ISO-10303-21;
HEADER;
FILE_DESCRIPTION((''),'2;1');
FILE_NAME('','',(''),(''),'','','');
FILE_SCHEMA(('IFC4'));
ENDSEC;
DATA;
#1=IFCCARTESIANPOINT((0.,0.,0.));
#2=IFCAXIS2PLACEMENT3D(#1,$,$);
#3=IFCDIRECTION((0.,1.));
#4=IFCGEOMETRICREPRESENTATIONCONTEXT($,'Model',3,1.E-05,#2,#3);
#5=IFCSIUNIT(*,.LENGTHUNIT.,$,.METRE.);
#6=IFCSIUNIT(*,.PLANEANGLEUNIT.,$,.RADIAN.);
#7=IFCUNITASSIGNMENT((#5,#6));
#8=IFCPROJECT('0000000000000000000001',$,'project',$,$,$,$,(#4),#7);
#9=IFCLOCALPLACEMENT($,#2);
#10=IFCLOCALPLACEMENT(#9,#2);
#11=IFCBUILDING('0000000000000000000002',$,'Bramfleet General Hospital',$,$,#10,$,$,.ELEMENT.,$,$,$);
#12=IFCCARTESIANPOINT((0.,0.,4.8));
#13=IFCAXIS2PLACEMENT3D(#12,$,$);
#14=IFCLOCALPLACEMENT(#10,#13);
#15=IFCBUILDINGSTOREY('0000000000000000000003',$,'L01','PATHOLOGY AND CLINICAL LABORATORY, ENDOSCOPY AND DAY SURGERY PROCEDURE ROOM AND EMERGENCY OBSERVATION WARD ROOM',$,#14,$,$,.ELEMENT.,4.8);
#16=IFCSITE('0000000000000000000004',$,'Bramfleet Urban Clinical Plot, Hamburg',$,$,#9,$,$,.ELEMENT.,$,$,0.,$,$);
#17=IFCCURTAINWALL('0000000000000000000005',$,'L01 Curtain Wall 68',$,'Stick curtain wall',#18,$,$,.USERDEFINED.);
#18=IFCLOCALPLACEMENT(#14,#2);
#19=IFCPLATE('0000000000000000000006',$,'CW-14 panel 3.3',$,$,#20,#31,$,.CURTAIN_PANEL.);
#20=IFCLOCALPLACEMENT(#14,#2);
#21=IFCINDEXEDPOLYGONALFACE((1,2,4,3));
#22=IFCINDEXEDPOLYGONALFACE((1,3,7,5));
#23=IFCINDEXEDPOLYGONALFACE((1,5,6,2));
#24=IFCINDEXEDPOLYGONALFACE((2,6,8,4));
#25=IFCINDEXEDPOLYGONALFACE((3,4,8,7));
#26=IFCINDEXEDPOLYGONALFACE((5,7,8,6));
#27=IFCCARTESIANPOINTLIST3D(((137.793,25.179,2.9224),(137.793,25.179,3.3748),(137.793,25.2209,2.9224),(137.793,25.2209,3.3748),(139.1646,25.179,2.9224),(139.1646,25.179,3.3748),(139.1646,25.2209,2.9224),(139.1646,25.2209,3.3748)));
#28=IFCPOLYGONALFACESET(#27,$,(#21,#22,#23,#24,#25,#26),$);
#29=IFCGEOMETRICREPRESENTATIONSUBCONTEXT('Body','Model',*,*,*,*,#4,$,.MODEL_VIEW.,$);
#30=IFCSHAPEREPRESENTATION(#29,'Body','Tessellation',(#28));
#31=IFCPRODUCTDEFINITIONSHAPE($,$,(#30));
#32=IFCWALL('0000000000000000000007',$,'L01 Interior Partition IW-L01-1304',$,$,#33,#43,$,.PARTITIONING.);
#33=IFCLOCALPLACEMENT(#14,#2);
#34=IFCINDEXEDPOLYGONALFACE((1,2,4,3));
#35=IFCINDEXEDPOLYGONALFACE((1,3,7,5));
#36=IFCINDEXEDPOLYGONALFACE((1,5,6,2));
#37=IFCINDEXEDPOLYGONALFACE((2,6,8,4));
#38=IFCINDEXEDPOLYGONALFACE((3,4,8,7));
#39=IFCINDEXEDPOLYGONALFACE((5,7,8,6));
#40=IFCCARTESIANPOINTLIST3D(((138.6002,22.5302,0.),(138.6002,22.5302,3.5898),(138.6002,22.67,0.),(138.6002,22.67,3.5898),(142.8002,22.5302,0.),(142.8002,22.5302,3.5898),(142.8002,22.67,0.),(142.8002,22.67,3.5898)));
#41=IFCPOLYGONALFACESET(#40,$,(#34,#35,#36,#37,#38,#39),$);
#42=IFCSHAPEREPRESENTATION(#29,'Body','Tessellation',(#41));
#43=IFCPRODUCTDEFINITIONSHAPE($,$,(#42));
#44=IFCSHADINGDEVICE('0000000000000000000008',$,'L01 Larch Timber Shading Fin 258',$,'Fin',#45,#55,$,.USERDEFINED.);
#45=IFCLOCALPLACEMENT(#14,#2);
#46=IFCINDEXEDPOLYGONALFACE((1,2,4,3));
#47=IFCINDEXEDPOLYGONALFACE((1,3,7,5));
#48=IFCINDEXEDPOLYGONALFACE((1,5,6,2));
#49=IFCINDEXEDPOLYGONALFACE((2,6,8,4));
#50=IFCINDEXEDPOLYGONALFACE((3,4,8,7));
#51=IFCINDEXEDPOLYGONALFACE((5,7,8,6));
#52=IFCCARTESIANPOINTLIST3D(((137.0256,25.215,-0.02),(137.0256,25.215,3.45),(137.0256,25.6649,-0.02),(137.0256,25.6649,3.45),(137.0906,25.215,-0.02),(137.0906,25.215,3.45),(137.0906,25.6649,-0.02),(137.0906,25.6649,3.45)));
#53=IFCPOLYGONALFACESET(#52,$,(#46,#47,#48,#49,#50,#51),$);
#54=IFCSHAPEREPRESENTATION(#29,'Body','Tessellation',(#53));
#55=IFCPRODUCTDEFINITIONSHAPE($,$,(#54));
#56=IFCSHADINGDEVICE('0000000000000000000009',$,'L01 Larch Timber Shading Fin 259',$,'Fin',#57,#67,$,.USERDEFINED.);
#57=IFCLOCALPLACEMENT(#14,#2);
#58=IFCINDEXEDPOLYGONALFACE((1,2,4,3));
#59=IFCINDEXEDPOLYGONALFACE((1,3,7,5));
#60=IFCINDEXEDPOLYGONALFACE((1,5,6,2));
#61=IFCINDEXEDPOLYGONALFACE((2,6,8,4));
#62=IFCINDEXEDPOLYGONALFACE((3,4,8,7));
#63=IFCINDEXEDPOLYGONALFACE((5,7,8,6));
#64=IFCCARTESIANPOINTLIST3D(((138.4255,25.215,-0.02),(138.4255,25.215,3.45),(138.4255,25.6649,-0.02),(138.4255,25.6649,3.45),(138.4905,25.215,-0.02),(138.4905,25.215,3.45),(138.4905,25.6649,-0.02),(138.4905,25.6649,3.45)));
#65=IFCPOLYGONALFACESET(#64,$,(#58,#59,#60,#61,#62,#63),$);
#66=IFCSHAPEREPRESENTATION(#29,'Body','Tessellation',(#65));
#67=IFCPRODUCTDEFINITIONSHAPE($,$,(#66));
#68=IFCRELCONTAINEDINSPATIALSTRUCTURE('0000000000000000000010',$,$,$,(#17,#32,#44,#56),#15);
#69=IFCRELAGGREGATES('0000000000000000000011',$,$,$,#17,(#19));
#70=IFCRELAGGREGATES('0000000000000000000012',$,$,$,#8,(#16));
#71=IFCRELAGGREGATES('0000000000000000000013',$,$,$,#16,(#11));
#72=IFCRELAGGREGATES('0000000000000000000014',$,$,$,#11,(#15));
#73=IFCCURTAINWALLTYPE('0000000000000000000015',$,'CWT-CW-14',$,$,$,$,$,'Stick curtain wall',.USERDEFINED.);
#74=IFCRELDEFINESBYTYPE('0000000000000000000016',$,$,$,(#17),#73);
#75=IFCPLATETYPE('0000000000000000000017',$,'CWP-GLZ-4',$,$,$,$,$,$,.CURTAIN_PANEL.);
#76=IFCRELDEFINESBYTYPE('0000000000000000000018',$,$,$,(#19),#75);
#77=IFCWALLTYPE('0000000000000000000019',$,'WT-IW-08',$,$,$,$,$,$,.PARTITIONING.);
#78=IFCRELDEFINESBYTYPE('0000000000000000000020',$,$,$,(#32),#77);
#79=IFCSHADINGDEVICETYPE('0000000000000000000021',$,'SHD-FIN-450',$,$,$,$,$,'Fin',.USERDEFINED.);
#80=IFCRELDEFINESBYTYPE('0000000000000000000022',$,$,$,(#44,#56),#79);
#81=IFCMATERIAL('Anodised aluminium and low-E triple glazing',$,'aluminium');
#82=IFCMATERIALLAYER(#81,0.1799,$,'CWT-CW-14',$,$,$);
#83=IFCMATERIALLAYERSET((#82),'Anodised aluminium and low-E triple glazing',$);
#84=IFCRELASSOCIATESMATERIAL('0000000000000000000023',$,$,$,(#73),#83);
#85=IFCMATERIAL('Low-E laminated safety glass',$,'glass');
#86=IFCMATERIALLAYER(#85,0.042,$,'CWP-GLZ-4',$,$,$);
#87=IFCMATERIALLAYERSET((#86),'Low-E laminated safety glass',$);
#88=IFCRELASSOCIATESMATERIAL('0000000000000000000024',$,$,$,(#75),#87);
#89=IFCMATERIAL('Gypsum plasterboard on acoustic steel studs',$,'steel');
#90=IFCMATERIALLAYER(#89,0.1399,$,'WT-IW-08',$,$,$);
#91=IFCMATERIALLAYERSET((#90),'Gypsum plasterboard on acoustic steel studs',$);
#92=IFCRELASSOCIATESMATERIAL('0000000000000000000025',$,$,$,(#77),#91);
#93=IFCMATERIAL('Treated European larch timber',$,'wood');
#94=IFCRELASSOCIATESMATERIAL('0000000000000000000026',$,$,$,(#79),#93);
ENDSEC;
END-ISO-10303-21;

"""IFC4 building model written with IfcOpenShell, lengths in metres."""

from ifc_helpers import new_model, si_unit, direction, frame, frame_2d, origin, origin_2d, place, context, subcontext, project, spatial, rectangle, extrude, material, layer, layer_set, material_profile, profile_set, type_object, element, aggregate, save


model = new_model("IFC4")

# Units and contexts
model_context = context("Model", 3, precision=1e-05, world=origin(), true_north=direction((0.0, 1.0)))
body_context = subcontext(model_context, "Body", "Model", "MODEL_VIEW")
ifc_project = project(units=[si_unit("LENGTHUNIT", "METRE"), si_unit("PLANEANGLEUNIT", "RADIAN")], contexts=[model_context])

# Site, building, storey
site_placement = place(None, origin())
site = spatial("IfcSite", under=ifc_project, at=site_placement, Name="Bramfleet Urban Clinical Plot, Hamburg", CompositionType="ELEMENT", RefElevation=0.0)
building_placement = place(site_placement, origin())
building = spatial("IfcBuilding", under=site, at=building_placement, Name="Bramfleet General Hospital", CompositionType="ELEMENT")
storey_placement = place(building_placement, frame((0.0, 0.0, 4.8)))
storey = spatial("IfcBuildingStorey", under=building, at=storey_placement, Name="L01", Description="PATHOLOGY AND CLINICAL LABORATORY, ENDOSCOPY AND DAY SURGERY PROCEDURE ROOM AND EMERGENCY OBSERVATION WARD ROOM", CompositionType="ELEMENT", Elevation=4.8)

# Curtain wall, plate
ifc_material_1 = material(Name="Anodised aluminium and low-E triple glazing", Category="aluminium")
ifc_layer_1 = layer(ifc_material_1, 0.1799, Name="CWT-CW-14")
ifc_layer_set_1 = layer_set([ifc_layer_1], Name="Anodised aluminium and low-E triple glazing")
curtain_wall_type = type_object("IfcCurtainWallType", Name="CWT-CW-14", ElementType="Stick curtain wall", PredefinedType="USERDEFINED", material=ifc_layer_set_1)
curtain_wall_placement = place(storey_placement, origin())
curtain_wall = element("IfcCurtainWall", 1, at=curtain_wall_placement, inside=storey, type_object=curtain_wall_type, Name="L01 Curtain Wall 68", ObjectType="Stick curtain wall", PredefinedType="USERDEFINED")
ifc_material_2 = material(Name="Low-E laminated safety glass", Category="glass")
ifc_layer_2 = layer(ifc_material_2, 0.042, Name="CWP-GLZ-4")
ifc_layer_set_2 = layer_set([ifc_layer_2], Name="Low-E laminated safety glass")
plate_type = type_object("IfcPlateType", Name="CWP-GLZ-4", PredefinedType="CURTAIN_PANEL", material=ifc_layer_set_2)
plate_1_placement = place(storey_placement, frame((138.4788, 25.2, 2.9224), z_axis=(0.0, 0.0, 1.0), x_axis=(1.0, 0.0, 0.0)))
plate_1 = element("IfcPlate", 2, at=plate_1_placement, type_object=plate_type, Name="CW-14 panel 3.3", PredefinedType="CURTAIN_PANEL", context=body_context, shape_type="SweptSolid", body=[
    extrude(rectangle(XDim=1.3716, YDim=0.042, at=origin_2d()), origin(), (0.0, 0.0, 1.0), 0.4524),
])
aggregate(curtain_wall, [plate_1])

# Shared definitions
ifc_material_3 = material(Name="Gypsum plasterboard on acoustic steel studs", Category="steel")

# Wall
ifc_layer_3 = layer(ifc_material_3, 0.1399, Name="WT-IW-08")
ifc_layer_set_3 = layer_set([ifc_layer_3], Name="Gypsum plasterboard on acoustic steel studs")
wall_type_1 = type_object("IfcWallType", Name="WT-IW-08", PredefinedType="PARTITIONING", material=ifc_layer_set_3)
wall_1_placement = place(storey_placement, frame((138.6001, 22.6001, 0.0), z_axis=(0.0, 0.0, 1.0), x_axis=(1.0, 0.0, 0.0)))
element("IfcWall", 3, at=wall_1_placement, inside=storey, type_object=wall_type_1, Name="L01 Interior Partition IW-L01-1304", PredefinedType="PARTITIONING", context=body_context, shape_type="SweptSolid", body=[
    extrude(rectangle(XDim=4.2, YDim=0.1399, at=frame_2d((2.1001, 0.0))), origin(), (0.0, 0.0, 1.0), 3.5898),
])

# Shading devices
ifc_material_4 = material(Name="Treated European larch timber", Category="wood")
ifc_material_profile_1 = material_profile(ifc_material_4, rectangle(XDim=0.0649, YDim=0.45, at=origin_2d()), Name="LARCH FIN 450x65")
ifc_profile_set_1 = profile_set([ifc_material_profile_1], Name="Treated European larch timber")
shading_device_type = type_object("IfcShadingDeviceType", Name="SHD-FIN-450", ElementType="Fin", PredefinedType="USERDEFINED", material=ifc_profile_set_1)
for number, where, z_axis, x_axis, name in (
    (4, (137.0581, 25.4399, -0.02), (0.0, 0.0, 1.0), (1.0, 0.0, 0.0), "L01 Larch Timber Shading Fin 258"),
    (5, (138.458, 25.4399, -0.02), (0.0, 0.0, 1.0), (1.0, 0.0, 0.0), "L01 Larch Timber Shading Fin 259"),
):
    element("IfcShadingDevice", number, at=place(storey_placement, frame(where, z_axis=z_axis, x_axis=x_axis)), inside=storey, type_object=shading_device_type, Name=name, ObjectType="Fin", PredefinedType="USERDEFINED", context=body_context, shape_type="SweptSolid", body=[
        extrude(rectangle(XDim=0.0649, YDim=0.45, at=origin_2d()), origin(), (0.0, 0.0, 1.0), 3.47),
    ])

save(model, "model.ifc")
